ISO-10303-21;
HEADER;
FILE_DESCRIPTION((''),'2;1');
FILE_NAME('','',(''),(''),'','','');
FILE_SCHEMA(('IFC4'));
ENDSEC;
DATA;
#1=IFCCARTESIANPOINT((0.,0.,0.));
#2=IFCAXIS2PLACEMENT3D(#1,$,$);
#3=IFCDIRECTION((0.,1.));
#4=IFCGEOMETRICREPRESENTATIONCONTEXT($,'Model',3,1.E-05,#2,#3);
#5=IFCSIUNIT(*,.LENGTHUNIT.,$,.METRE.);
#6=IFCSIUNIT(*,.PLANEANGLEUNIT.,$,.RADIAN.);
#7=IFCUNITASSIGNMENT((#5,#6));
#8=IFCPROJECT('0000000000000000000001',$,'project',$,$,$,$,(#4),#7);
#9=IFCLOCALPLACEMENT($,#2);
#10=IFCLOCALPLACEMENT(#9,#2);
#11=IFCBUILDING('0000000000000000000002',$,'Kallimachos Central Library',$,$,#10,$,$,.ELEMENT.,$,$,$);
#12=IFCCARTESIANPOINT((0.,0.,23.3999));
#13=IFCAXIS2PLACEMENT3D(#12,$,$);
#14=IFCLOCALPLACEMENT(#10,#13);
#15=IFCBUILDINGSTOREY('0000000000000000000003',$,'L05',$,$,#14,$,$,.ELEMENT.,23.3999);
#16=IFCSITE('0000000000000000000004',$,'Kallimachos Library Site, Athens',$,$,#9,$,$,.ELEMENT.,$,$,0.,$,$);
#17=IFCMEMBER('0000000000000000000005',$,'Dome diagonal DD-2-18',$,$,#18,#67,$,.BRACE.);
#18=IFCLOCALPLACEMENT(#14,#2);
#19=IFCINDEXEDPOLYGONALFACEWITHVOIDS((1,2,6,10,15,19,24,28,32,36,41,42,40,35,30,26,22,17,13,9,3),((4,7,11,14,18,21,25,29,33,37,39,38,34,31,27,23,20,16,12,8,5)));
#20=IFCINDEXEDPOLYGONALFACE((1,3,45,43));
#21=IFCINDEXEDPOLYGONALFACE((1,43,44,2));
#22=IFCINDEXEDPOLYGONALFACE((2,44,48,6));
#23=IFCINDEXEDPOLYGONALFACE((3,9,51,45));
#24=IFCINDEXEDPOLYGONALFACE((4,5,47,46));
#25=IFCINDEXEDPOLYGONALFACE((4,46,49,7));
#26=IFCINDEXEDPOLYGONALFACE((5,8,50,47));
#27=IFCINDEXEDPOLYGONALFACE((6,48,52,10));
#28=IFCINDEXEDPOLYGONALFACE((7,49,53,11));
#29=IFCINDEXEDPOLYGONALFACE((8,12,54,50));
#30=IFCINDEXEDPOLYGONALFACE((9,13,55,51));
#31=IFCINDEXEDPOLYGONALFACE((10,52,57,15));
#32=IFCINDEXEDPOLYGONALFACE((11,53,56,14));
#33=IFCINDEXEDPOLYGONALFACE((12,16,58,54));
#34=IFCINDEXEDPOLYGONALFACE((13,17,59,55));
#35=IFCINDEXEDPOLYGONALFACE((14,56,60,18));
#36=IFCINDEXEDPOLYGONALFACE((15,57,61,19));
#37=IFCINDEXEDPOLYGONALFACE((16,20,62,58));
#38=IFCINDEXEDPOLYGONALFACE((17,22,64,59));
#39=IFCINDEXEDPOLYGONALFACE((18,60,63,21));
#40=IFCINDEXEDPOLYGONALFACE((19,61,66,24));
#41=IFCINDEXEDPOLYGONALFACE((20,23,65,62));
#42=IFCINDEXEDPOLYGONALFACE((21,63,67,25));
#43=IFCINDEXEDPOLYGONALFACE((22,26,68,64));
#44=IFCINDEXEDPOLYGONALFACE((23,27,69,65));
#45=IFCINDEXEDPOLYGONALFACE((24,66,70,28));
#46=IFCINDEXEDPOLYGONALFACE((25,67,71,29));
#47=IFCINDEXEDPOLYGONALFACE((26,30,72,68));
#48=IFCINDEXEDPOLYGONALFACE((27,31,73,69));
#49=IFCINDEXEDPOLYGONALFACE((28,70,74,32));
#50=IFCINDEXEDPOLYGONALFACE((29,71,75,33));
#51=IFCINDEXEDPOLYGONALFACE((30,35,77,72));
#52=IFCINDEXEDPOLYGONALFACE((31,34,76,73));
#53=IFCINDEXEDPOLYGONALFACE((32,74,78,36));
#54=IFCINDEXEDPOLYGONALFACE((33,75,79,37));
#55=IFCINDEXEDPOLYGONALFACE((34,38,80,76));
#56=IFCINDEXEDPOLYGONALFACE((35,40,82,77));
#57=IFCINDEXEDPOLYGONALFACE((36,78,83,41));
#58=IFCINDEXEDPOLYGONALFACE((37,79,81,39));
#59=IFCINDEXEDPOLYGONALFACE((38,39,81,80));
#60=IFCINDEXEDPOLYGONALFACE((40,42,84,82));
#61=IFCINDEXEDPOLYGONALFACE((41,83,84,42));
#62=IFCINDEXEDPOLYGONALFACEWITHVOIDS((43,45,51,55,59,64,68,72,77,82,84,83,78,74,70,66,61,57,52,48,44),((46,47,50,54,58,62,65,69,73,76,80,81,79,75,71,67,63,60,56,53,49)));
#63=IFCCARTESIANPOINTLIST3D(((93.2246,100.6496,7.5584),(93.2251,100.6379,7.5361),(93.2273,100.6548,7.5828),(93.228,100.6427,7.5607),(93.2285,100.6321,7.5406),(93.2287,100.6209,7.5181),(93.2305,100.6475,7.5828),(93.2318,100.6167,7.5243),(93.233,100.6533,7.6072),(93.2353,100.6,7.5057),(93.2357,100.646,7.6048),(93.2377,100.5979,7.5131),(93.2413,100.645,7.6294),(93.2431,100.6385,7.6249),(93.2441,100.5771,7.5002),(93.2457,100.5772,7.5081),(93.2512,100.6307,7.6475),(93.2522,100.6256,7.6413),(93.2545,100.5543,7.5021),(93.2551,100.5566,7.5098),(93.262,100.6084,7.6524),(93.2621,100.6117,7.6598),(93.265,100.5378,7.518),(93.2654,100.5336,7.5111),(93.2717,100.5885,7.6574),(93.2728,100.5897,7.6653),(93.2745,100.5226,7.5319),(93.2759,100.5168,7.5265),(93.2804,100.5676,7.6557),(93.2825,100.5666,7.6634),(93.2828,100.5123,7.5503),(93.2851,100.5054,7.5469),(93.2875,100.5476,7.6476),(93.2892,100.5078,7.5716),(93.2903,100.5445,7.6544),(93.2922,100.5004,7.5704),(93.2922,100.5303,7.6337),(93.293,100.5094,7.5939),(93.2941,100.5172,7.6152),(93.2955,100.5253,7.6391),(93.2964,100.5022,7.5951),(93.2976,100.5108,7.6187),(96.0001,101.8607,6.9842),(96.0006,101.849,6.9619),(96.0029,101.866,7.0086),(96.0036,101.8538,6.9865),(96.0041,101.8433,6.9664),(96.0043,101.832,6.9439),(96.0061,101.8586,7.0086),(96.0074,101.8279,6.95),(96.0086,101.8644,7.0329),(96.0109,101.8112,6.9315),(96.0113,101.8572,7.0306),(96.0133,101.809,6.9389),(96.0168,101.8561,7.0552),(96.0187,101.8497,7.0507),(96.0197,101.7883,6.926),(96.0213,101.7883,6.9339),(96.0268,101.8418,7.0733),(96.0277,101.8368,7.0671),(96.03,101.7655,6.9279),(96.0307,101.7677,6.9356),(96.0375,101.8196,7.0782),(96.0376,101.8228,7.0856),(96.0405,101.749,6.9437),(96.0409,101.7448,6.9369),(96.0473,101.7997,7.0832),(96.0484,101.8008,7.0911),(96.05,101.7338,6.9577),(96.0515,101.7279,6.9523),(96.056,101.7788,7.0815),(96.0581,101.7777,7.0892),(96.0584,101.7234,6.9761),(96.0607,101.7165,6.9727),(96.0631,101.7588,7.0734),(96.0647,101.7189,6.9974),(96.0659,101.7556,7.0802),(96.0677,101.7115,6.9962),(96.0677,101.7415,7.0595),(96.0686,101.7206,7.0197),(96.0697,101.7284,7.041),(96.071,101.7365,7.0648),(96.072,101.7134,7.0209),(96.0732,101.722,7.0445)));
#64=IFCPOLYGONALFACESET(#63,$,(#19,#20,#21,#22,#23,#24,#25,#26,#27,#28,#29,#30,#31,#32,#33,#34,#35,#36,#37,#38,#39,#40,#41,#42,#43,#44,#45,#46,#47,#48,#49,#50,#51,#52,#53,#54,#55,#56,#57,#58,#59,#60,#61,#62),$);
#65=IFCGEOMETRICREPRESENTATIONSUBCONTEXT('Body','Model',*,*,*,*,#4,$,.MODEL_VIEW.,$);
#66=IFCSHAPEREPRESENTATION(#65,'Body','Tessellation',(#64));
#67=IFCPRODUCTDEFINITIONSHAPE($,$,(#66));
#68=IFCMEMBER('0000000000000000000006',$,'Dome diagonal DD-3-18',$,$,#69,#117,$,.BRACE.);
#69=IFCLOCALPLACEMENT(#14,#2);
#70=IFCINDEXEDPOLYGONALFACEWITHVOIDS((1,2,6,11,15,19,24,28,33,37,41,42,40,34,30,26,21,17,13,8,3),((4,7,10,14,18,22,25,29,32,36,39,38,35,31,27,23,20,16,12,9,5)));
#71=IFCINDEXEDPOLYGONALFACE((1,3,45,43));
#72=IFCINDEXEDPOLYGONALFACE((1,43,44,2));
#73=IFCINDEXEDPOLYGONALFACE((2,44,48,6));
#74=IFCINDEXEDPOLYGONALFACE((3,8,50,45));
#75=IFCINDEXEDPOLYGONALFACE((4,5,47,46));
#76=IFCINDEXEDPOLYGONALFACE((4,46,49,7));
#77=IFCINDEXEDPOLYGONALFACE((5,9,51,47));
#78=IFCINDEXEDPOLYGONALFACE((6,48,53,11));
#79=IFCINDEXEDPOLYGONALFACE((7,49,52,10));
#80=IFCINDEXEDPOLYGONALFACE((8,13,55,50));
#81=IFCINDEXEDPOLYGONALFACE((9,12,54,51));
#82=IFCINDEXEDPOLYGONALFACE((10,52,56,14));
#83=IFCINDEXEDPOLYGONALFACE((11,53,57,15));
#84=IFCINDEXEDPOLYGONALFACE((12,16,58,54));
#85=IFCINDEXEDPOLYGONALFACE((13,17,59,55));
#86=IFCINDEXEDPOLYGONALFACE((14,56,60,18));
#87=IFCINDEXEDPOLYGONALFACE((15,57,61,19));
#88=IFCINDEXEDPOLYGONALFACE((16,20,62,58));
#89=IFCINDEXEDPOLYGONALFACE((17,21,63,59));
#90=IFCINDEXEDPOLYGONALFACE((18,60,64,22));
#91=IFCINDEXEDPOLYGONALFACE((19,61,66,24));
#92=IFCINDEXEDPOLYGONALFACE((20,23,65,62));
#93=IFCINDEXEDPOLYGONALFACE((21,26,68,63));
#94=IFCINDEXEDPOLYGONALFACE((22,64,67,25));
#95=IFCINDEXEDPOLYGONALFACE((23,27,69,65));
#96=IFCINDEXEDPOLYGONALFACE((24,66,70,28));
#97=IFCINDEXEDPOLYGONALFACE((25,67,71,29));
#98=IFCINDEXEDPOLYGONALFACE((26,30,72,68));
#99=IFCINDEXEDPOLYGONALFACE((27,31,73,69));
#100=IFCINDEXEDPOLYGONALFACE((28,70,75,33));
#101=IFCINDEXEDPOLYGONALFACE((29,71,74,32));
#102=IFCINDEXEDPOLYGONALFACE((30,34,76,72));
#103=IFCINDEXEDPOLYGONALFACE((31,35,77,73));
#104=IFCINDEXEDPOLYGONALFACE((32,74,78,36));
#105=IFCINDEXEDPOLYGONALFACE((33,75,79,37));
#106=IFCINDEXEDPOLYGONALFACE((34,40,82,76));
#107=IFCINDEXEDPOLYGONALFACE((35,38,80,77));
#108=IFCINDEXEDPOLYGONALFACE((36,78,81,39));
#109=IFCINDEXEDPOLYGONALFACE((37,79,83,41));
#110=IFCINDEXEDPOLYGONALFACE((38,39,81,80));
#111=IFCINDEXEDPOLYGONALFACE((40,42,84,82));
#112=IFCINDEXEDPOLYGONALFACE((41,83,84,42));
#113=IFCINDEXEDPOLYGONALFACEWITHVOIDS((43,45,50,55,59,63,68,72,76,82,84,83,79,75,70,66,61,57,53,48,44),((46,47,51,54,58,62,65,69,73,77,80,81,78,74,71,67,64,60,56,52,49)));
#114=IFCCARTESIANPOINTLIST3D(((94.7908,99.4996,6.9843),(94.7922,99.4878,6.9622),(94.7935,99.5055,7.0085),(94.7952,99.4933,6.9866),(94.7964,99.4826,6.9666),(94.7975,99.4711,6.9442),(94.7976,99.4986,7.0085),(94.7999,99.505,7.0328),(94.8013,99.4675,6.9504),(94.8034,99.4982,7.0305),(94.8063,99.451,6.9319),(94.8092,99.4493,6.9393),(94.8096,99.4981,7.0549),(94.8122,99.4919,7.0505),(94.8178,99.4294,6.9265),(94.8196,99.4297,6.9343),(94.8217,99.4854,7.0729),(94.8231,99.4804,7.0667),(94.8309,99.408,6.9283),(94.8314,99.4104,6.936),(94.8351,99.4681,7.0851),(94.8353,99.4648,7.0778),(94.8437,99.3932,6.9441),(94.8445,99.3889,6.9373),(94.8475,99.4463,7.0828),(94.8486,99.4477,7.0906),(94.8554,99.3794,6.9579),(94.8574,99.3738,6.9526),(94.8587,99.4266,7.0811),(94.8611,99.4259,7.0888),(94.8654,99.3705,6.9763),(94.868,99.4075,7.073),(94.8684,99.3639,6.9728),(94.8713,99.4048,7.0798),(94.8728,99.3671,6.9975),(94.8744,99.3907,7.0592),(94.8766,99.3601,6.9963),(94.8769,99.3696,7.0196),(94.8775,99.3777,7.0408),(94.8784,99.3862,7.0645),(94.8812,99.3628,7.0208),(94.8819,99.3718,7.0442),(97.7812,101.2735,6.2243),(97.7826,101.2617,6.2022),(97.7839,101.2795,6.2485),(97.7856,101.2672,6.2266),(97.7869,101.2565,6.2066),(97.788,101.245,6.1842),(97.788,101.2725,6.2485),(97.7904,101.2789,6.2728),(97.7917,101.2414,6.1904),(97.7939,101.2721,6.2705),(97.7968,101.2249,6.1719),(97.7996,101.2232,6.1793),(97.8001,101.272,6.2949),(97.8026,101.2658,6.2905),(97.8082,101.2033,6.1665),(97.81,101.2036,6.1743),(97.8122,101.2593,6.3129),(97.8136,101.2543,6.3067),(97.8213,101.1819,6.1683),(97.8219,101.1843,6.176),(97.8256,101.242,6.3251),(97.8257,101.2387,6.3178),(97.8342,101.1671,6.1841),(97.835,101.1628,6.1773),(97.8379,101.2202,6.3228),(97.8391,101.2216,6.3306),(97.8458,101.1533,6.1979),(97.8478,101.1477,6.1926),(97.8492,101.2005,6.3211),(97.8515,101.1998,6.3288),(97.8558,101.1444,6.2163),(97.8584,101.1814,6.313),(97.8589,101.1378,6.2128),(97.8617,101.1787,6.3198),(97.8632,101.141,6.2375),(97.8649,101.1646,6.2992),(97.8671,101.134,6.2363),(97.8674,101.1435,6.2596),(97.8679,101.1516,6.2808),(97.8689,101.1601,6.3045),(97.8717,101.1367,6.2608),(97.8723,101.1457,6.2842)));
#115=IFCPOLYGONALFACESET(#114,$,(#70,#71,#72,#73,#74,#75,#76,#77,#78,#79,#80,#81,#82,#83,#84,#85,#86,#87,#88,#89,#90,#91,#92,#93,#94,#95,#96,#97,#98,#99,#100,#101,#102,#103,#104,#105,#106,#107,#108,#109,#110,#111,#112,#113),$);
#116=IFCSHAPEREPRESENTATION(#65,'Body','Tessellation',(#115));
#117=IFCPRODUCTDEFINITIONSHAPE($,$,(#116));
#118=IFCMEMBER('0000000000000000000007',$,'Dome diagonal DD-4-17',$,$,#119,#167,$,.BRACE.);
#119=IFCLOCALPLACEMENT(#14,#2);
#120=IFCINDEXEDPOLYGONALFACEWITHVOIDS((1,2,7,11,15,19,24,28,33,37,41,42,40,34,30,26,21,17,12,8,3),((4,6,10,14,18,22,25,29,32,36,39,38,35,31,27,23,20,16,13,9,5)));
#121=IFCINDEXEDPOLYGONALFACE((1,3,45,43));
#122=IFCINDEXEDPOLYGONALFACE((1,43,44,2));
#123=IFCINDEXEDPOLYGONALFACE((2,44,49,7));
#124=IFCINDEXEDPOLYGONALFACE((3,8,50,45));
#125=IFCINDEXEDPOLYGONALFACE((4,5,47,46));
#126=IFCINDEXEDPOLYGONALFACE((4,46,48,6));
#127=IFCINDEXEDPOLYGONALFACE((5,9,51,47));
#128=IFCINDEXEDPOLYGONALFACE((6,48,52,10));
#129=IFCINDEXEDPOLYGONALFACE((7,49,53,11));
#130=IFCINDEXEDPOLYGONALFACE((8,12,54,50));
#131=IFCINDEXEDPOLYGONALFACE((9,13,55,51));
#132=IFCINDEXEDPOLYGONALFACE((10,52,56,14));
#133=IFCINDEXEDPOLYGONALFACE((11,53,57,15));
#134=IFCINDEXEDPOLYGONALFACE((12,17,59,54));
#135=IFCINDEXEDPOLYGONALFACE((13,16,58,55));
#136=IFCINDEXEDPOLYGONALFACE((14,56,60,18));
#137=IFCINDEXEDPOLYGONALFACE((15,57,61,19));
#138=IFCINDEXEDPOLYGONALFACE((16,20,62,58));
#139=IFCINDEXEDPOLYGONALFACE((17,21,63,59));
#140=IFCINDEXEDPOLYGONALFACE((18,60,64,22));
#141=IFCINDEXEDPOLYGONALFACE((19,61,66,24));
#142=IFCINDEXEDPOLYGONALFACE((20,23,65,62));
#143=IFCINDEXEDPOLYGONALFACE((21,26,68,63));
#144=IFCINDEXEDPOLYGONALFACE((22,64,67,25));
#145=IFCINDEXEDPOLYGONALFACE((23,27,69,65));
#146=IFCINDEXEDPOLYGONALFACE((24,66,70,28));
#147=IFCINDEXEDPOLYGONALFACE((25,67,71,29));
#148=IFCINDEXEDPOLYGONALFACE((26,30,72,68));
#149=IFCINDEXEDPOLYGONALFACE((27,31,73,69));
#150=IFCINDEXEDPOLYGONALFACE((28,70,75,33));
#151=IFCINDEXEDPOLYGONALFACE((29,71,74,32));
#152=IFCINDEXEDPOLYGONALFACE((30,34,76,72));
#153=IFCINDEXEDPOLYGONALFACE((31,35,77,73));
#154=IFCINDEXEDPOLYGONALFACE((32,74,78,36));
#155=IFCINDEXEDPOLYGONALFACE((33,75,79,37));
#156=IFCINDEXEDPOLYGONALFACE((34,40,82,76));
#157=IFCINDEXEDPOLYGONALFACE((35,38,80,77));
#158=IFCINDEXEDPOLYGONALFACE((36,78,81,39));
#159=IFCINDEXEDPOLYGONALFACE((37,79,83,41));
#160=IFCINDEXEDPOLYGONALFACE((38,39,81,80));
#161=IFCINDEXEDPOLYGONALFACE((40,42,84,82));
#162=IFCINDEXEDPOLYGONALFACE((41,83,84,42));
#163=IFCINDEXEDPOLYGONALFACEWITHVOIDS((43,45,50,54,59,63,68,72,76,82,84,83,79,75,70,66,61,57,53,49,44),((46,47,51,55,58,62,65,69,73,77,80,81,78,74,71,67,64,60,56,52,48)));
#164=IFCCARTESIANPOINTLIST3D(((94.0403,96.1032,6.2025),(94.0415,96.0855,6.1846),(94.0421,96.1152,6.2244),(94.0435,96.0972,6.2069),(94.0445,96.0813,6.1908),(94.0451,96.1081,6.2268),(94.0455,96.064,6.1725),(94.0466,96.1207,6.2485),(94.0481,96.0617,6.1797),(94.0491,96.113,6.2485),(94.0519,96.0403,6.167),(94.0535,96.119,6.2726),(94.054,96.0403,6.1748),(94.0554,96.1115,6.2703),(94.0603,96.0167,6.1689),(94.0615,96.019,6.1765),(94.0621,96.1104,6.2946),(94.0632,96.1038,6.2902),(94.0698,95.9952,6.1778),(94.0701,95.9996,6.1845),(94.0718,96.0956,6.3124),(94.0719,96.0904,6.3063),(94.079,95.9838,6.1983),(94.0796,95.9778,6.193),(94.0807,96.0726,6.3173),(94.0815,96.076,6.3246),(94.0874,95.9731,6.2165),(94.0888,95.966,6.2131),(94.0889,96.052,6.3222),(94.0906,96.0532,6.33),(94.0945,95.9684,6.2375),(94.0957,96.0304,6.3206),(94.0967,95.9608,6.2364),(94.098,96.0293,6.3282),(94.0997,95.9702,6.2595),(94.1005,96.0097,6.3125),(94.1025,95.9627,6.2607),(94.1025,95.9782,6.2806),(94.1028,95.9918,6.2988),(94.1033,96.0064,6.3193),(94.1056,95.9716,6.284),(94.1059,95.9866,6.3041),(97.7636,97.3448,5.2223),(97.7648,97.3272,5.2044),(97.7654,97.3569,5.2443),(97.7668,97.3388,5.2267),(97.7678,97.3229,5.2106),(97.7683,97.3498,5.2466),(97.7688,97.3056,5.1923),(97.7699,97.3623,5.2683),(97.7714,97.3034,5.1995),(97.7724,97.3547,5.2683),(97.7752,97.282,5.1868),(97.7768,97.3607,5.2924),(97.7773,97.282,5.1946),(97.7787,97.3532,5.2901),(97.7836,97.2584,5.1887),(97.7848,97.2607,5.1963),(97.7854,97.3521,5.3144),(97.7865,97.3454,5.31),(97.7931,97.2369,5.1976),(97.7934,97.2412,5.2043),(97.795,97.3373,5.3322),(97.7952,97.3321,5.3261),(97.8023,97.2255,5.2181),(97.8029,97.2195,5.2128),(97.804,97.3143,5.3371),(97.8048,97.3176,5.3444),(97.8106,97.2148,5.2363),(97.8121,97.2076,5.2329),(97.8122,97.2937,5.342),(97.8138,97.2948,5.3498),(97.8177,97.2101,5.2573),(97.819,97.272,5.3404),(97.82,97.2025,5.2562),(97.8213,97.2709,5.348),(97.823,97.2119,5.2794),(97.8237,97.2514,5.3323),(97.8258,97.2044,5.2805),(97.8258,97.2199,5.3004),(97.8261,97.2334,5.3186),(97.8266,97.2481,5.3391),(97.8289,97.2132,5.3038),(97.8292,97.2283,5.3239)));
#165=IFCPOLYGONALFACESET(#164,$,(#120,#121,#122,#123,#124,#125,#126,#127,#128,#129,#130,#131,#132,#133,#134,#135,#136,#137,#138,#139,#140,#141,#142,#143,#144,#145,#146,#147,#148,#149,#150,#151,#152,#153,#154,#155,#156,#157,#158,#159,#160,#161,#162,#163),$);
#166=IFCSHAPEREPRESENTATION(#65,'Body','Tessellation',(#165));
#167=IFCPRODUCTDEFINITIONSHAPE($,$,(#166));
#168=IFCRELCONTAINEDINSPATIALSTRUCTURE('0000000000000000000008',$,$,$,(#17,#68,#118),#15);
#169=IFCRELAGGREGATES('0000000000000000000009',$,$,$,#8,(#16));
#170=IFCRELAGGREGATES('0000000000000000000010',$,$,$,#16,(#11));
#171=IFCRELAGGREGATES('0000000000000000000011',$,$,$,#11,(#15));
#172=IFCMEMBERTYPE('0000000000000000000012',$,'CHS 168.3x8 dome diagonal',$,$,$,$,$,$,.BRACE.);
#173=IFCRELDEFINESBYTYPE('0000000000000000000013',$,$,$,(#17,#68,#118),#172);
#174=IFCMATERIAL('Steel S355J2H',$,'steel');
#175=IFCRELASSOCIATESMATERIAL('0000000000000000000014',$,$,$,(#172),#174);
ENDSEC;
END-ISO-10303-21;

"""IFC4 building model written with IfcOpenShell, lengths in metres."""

from ifc_helpers import new_model, si_unit, direction, frame, origin, origin_2d, place, context, subcontext, project, spatial, hollow_circle, extrude, material, material_profile, profile_set, type_object, element, save


model = new_model("IFC4")

# Units and contexts
model_context = context("Model", 3, precision=1e-05, world=origin(), true_north=direction((0.0, 1.0)))
body_context = subcontext(model_context, "Body", "Model", "MODEL_VIEW")
ifc_project = project(units=[si_unit("LENGTHUNIT", "METRE"), si_unit("PLANEANGLEUNIT", "RADIAN")], contexts=[model_context])

# Site, building, storey
site_placement = place(None, origin())
site = spatial("IfcSite", under=ifc_project, at=site_placement, Name="Kallimachos Library Site, Athens", CompositionType="ELEMENT", RefElevation=0.0)
building_placement = place(site_placement, origin())
building = spatial("IfcBuilding", under=site, at=building_placement, Name="Kallimachos Central Library", CompositionType="ELEMENT")
storey_placement = place(building_placement, frame((0.0, 0.0, 23.3999)))
storey = spatial("IfcBuildingStorey", under=building, at=storey_placement, Name="L05", CompositionType="ELEMENT", Elevation=23.3999)

# Members
ifc_material_1 = material(Name="Steel S355J2H", Category="steel")
ifc_material_profile_1 = material_profile(ifc_material_1, hollow_circle(Radius=0.0842, WallThickness=0.0081, at=origin_2d()), Name="CHS 168.3x8")
ifc_profile_set_1 = profile_set([ifc_material_profile_1], Name="Steel S355J2H")
member_type_1 = type_object("IfcMemberType", Name="CHS 168.3x8 dome diagonal", PredefinedType="BRACE", material=ifc_profile_set_1)
member_1_placement = place(storey_placement, frame((93.261, 100.5776, 7.5828), z_axis=(0.900495, 0.392942, -0.186293), x_axis=(-0.399943, 0.91654, 0.0)))
element("IfcMember", 1, at=member_1_placement, inside=storey, type_object=member_type_1, Name="Dome diagonal DD-2-18", PredefinedType="BRACE", context=body_context, shape_type="SweptSolid", body=[
    extrude(hollow_circle(Radius=0.0842, WallThickness=0.0081, at=origin_2d()), origin(), (0.0, 0.0, 1.0), 3.0823),
])
member_2_placement = place(storey_placement, frame((94.8364, 99.4331, 7.0085), z_axis=(0.840228, 0.498416, -0.213538), x_axis=(-0.510183, 0.860066, 0.0)))
element("IfcMember", 2, at=member_2_placement, inside=storey, type_object=member_type_1, Name="Dome diagonal DD-3-18", PredefinedType="BRACE", context=body_context, shape_type="SweptSolid", body=[
    extrude(hollow_circle(Radius=0.0842, WallThickness=0.0081, at=origin_2d()), origin(), (0.0, 0.0, 1.0), 3.5591),
])
for number, where, z_axis, x_axis, name in (
    (3, (94.0732, 96.0408, 6.2485), (0.920372, 0.306931, -0.242298), (-0.316358, 0.94864, 0.0), "Dome diagonal DD-4-17"),
):
    element("IfcMember", number, at=place(storey_placement, frame(where, z_axis=z_axis, x_axis=x_axis)), inside=storey, type_object=member_type_1, Name=name, PredefinedType="BRACE", context=body_context, shape_type="SweptSolid", body=[
        extrude(hollow_circle(Radius=0.0842, WallThickness=0.0081, at=origin_2d()), origin(), (0.0, 0.0, 1.0), 4.0454),
    ])

save(model, "model.ifc")
